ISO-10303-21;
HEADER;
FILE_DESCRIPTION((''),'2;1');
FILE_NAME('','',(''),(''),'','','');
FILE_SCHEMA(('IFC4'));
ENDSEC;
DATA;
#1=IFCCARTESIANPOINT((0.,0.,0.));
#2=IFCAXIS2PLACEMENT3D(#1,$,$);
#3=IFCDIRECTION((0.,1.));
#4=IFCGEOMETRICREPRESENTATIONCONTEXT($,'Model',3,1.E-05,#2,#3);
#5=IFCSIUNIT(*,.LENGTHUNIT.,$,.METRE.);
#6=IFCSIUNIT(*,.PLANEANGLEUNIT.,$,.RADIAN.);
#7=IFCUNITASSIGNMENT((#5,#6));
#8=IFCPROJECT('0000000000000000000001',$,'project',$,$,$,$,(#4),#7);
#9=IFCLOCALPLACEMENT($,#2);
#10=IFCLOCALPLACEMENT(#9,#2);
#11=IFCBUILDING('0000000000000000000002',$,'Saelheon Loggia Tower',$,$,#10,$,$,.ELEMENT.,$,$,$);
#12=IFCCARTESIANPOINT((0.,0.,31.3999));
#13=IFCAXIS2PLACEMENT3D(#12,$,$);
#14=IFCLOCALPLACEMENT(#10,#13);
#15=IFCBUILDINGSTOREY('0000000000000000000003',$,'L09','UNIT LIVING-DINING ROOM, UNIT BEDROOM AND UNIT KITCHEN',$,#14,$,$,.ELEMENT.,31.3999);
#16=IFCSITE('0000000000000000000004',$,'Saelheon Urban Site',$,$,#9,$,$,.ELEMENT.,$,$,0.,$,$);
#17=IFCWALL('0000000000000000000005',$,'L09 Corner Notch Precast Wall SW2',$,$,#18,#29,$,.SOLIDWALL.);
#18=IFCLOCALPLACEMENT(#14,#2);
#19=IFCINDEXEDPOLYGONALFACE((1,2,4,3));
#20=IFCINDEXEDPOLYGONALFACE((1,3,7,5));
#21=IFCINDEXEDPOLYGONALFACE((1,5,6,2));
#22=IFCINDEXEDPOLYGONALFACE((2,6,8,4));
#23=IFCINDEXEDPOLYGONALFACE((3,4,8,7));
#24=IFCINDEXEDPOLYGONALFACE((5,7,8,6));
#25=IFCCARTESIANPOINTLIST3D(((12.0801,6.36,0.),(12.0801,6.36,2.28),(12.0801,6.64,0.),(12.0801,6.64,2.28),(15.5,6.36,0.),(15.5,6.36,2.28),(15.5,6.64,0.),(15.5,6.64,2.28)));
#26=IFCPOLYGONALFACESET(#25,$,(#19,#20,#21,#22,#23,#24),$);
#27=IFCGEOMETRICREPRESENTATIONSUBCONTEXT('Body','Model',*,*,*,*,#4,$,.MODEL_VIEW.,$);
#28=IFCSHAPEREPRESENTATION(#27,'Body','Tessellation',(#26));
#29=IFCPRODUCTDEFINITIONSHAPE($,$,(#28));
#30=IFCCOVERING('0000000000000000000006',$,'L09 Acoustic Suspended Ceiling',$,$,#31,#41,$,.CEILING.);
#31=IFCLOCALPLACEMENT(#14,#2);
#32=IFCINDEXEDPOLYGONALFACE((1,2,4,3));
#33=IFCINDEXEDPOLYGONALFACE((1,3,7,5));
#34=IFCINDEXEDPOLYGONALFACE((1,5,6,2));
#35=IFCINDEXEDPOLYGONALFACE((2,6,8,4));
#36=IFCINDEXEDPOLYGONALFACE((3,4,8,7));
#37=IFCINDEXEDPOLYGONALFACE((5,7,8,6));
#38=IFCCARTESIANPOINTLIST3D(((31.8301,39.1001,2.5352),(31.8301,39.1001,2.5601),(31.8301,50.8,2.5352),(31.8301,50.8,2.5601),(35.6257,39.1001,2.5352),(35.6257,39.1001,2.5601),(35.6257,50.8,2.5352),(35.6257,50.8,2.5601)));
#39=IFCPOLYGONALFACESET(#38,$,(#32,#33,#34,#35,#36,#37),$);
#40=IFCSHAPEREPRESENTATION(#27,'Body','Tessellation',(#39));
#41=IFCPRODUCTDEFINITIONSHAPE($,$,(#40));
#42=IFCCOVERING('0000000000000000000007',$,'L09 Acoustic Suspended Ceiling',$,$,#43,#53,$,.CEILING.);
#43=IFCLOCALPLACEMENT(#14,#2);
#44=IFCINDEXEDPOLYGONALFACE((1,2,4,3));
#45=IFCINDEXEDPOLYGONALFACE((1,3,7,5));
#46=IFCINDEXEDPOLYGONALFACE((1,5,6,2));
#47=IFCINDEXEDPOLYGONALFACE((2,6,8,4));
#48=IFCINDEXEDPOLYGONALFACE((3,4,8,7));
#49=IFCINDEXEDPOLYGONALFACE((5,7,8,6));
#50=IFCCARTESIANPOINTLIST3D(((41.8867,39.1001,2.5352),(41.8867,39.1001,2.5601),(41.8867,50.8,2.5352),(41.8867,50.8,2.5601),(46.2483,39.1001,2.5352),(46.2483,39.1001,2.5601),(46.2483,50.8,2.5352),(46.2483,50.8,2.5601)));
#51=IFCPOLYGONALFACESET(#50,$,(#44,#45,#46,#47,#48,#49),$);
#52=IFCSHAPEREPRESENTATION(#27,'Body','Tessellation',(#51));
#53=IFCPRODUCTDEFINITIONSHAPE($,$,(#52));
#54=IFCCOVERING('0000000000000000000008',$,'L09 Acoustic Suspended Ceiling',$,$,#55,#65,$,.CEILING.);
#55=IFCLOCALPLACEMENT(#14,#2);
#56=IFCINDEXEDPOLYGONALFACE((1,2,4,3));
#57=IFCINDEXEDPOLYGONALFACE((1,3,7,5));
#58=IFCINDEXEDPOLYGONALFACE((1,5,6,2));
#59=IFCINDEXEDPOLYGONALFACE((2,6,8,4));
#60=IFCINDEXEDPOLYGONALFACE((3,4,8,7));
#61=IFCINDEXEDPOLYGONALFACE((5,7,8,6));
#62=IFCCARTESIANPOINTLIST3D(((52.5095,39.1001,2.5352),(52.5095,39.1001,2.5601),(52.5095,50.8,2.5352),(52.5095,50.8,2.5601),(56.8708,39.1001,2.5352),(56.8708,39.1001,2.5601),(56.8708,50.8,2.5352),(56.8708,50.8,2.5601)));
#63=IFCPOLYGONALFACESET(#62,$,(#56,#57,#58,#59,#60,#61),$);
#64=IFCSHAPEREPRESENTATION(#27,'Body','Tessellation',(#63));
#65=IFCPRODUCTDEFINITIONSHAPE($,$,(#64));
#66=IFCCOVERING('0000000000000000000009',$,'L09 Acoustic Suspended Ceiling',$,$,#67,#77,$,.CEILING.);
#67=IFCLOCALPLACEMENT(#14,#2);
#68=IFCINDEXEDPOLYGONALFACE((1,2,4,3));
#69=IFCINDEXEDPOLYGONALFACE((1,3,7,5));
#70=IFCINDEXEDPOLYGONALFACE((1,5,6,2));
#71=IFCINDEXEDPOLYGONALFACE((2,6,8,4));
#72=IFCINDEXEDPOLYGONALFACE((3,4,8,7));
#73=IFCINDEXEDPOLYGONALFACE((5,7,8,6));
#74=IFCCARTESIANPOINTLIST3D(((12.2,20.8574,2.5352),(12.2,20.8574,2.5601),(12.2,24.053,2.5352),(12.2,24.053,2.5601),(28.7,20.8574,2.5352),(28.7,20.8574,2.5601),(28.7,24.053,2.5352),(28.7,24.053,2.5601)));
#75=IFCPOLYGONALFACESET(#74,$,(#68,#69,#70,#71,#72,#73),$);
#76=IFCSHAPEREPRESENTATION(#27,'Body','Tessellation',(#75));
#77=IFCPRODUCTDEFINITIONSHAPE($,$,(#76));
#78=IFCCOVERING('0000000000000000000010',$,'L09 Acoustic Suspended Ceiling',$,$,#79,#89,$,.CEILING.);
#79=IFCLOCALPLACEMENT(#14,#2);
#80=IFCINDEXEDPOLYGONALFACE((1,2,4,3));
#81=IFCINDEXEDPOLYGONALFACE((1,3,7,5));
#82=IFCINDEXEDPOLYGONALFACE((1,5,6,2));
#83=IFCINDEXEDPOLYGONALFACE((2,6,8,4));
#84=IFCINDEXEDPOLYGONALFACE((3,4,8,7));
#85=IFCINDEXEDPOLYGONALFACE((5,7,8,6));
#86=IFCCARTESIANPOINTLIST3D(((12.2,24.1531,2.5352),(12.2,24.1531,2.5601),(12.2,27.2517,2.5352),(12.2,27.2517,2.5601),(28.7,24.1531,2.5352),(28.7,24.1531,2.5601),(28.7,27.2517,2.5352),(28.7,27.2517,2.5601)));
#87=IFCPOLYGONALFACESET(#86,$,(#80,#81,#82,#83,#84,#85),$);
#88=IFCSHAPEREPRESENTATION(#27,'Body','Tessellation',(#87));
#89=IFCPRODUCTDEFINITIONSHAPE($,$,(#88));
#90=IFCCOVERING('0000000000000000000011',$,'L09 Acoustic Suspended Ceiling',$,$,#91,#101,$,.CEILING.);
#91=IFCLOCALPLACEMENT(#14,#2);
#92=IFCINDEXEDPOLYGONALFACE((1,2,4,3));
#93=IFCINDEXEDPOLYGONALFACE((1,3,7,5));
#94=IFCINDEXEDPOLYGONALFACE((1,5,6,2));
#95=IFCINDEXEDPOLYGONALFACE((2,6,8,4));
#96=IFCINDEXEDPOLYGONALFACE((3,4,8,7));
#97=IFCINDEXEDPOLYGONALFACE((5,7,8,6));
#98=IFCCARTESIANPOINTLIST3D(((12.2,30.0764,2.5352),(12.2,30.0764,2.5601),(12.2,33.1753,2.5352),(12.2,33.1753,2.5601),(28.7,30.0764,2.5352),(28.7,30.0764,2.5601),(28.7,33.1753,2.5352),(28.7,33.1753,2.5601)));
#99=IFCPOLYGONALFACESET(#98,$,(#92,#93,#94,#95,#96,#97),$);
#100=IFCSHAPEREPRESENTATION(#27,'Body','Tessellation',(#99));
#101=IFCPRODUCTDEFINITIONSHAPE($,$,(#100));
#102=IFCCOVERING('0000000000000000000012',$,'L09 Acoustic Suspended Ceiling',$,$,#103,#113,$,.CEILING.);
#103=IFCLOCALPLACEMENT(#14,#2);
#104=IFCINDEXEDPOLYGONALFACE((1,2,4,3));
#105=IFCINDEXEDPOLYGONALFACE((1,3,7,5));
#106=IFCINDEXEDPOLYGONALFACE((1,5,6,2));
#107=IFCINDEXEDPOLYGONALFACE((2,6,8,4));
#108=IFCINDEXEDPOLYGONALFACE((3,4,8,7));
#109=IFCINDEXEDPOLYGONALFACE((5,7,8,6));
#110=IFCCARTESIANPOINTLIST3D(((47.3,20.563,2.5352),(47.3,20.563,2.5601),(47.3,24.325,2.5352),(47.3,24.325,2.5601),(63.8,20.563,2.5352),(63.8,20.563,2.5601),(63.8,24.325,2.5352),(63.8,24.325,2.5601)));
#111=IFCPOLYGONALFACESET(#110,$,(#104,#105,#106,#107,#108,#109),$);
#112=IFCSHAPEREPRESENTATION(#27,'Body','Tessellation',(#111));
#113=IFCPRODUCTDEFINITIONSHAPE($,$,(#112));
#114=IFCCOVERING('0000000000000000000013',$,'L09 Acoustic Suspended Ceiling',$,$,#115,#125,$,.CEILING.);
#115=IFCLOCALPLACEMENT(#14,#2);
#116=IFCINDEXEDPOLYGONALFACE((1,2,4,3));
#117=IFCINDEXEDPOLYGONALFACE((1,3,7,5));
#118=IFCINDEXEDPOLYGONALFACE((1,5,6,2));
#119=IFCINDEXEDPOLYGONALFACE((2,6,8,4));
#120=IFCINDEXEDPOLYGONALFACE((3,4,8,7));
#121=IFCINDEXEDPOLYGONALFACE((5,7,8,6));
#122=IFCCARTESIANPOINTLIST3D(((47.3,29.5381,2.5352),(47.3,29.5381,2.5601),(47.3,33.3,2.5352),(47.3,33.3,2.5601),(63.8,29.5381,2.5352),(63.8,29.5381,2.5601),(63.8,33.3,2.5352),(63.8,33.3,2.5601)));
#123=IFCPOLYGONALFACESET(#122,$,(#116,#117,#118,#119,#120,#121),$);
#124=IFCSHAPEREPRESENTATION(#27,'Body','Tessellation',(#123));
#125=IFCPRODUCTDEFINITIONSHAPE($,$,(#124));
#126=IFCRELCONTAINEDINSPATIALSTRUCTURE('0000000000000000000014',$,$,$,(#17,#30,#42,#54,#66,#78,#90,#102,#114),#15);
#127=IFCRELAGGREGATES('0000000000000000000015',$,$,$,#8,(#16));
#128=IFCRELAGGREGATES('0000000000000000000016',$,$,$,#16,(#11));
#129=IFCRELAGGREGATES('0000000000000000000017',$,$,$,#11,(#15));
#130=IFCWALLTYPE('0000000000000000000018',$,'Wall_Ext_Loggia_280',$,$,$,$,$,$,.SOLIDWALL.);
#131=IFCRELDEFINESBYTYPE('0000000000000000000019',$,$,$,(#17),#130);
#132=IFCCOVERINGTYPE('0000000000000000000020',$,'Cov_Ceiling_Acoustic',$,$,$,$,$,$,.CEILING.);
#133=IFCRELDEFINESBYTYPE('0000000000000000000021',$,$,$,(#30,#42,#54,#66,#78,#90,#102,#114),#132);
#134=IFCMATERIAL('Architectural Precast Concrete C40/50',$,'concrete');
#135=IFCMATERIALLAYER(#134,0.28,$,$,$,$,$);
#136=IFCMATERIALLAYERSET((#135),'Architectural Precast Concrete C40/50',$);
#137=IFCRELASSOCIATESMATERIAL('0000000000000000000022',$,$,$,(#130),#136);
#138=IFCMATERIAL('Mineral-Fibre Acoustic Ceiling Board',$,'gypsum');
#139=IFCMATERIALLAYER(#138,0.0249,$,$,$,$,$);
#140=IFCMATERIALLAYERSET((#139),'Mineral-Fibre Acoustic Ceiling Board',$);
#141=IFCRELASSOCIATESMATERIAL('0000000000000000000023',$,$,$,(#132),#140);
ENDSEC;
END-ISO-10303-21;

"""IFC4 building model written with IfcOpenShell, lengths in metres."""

from ifc_helpers import new_model, si_unit, direction, frame, frame_2d, origin, place, context, subcontext, project, spatial, polyline, rectangle, outline, extrude, material, layer, layer_set, type_object, element, save


model = new_model("IFC4")

# Units and contexts
model_context = context("Model", 3, precision=1e-05, world=origin(), true_north=direction((0.0, 1.0)))
body_context = subcontext(model_context, "Body", "Model", "MODEL_VIEW")
ifc_project = project(units=[si_unit("LENGTHUNIT", "METRE"), si_unit("PLANEANGLEUNIT", "RADIAN")], contexts=[model_context])

# Site, building, storey
site_placement = place(None, origin())
site = spatial("IfcSite", under=ifc_project, at=site_placement, Name="Saelheon Urban Site", CompositionType="ELEMENT", RefElevation=0.0)
building_placement = place(site_placement, origin())
building = spatial("IfcBuilding", under=site, at=building_placement, Name="Saelheon Loggia Tower", CompositionType="ELEMENT")
storey_placement = place(building_placement, frame((0.0, 0.0, 31.3999)))
storey = spatial("IfcBuildingStorey", under=building, at=storey_placement, Name="L09", Description="UNIT LIVING-DINING ROOM, UNIT BEDROOM AND UNIT KITCHEN", CompositionType="ELEMENT", Elevation=31.3999)

# Shared definitions
ifc_material_1 = material(Name="Architectural Precast Concrete C40/50", Category="concrete")
ifc_layer_1 = layer(ifc_material_1, 0.28)
ifc_layer_set_1 = layer_set([ifc_layer_1], Name="Architectural Precast Concrete C40/50")
wall_type = type_object("IfcWallType", Name="Wall_Ext_Loggia_280", PredefinedType="SOLIDWALL", material=ifc_layer_set_1)

# Wall
wall_1_placement = place(storey_placement, frame((12.0801, 6.5, 0.0), z_axis=(0.0, 0.0, 1.0), x_axis=(1.0, 0.0, 0.0)))
element("IfcWall", 1, at=wall_1_placement, inside=storey, type_object=wall_type, Name="L09 Corner Notch Precast Wall SW2", PredefinedType="SOLIDWALL", context=body_context, shape_type="SweptSolid", body=[
    extrude(rectangle(XDim=3.4199, YDim=0.28, at=frame_2d((1.71, 0.0))), origin(), (0.0, 0.0, 1.0), 2.28),
])

# Coverings
ifc_material_2 = material(Name="Mineral-Fibre Acoustic Ceiling Board", Category="gypsum")
ifc_layer_2 = layer(ifc_material_2, 0.0249)
ifc_layer_set_2 = layer_set([ifc_layer_2], Name="Mineral-Fibre Acoustic Ceiling Board")
covering_type = type_object("IfcCoveringType", Name="Cov_Ceiling_Acoustic", PredefinedType="CEILING", material=ifc_layer_set_2)
covering_1_placement = place(storey_placement, frame((0.0, 0.0, 2.5352)))
element("IfcCovering", 2, at=covering_1_placement, inside=storey, type_object=covering_type, Name="L09 Acoustic Suspended Ceiling", PredefinedType="CEILING", context=body_context, shape_type="SweptSolid", body=[
    extrude(outline(polyline([(31.8301, 39.1001), (35.6257, 39.1001), (35.6257, 50.8), (31.8301, 50.8), (31.8301, 39.1001)])), origin(), (0.0, 0.0, 1.0), 0.0249),
])
covering_2_placement = place(storey_placement, frame((0.0, 0.0, 2.5352)))
element("IfcCovering", 3, at=covering_2_placement, inside=storey, type_object=covering_type, Name="L09 Acoustic Suspended Ceiling", PredefinedType="CEILING", context=body_context, shape_type="SweptSolid", body=[
    extrude(outline(polyline([(41.8867, 39.1001), (46.2483, 39.1001), (46.2483, 50.8), (41.8867, 50.8), (41.8867, 39.1001)])), origin(), (0.0, 0.0, 1.0), 0.0249),
])
covering_3_placement = place(storey_placement, frame((0.0, 0.0, 2.5352)))
element("IfcCovering", 4, at=covering_3_placement, inside=storey, type_object=covering_type, Name="L09 Acoustic Suspended Ceiling", PredefinedType="CEILING", context=body_context, shape_type="SweptSolid", body=[
    extrude(outline(polyline([(52.5095, 39.1001), (56.8708, 39.1001), (56.8708, 50.8), (52.5095, 50.8), (52.5095, 39.1001)])), origin(), (0.0, 0.0, 1.0), 0.0249),
])
covering_4_placement = place(storey_placement, frame((0.0, 0.0, 2.5352)))
element("IfcCovering", 5, at=covering_4_placement, inside=storey, type_object=covering_type, Name="L09 Acoustic Suspended Ceiling", PredefinedType="CEILING", context=body_context, shape_type="SweptSolid", body=[
    extrude(outline(polyline([(12.2, 20.8574), (28.7, 20.8574), (28.7, 24.053), (12.2, 24.053), (12.2, 20.8574)])), origin(), (0.0, 0.0, 1.0), 0.0249),
])
covering_5_placement = place(storey_placement, frame((0.0, 0.0, 2.5352)))
element("IfcCovering", 6, at=covering_5_placement, inside=storey, type_object=covering_type, Name="L09 Acoustic Suspended Ceiling", PredefinedType="CEILING", context=body_context, shape_type="SweptSolid", body=[
    extrude(outline(polyline([(12.2, 24.1531), (28.7, 24.1531), (28.7, 27.2517), (12.2, 27.2517), (12.2, 24.1531)])), origin(), (0.0, 0.0, 1.0), 0.0249),
])
covering_6_placement = place(storey_placement, frame((0.0, 0.0, 2.5352)))
element("IfcCovering", 7, at=covering_6_placement, inside=storey, type_object=covering_type, Name="L09 Acoustic Suspended Ceiling", PredefinedType="CEILING", context=body_context, shape_type="SweptSolid", body=[
    extrude(outline(polyline([(12.2, 30.0764), (28.7, 30.0764), (28.7, 33.1753), (12.2, 33.1753), (12.2, 30.0764)])), origin(), (0.0, 0.0, 1.0), 0.0249),
])
covering_7_placement = place(storey_placement, frame((0.0, 0.0, 2.5352)))
element("IfcCovering", 8, at=covering_7_placement, inside=storey, type_object=covering_type, Name="L09 Acoustic Suspended Ceiling", PredefinedType="CEILING", context=body_context, shape_type="SweptSolid", body=[
    extrude(outline(polyline([(47.3, 20.563), (63.8, 20.563), (63.8, 24.325), (47.3, 24.325), (47.3, 20.563)])), origin(), (0.0, 0.0, 1.0), 0.0249),
])
covering_8_placement = place(storey_placement, frame((0.0, 0.0, 2.5352)))
element("IfcCovering", 9, at=covering_8_placement, inside=storey, type_object=covering_type, Name="L09 Acoustic Suspended Ceiling", PredefinedType="CEILING", context=body_context, shape_type="SweptSolid", body=[
    extrude(outline(polyline([(47.3, 29.5381), (63.8, 29.5381), (63.8, 33.3), (47.3, 33.3), (47.3, 29.5381)])), origin(), (0.0, 0.0, 1.0), 0.0249),
])

save(model, "model.ifc")
